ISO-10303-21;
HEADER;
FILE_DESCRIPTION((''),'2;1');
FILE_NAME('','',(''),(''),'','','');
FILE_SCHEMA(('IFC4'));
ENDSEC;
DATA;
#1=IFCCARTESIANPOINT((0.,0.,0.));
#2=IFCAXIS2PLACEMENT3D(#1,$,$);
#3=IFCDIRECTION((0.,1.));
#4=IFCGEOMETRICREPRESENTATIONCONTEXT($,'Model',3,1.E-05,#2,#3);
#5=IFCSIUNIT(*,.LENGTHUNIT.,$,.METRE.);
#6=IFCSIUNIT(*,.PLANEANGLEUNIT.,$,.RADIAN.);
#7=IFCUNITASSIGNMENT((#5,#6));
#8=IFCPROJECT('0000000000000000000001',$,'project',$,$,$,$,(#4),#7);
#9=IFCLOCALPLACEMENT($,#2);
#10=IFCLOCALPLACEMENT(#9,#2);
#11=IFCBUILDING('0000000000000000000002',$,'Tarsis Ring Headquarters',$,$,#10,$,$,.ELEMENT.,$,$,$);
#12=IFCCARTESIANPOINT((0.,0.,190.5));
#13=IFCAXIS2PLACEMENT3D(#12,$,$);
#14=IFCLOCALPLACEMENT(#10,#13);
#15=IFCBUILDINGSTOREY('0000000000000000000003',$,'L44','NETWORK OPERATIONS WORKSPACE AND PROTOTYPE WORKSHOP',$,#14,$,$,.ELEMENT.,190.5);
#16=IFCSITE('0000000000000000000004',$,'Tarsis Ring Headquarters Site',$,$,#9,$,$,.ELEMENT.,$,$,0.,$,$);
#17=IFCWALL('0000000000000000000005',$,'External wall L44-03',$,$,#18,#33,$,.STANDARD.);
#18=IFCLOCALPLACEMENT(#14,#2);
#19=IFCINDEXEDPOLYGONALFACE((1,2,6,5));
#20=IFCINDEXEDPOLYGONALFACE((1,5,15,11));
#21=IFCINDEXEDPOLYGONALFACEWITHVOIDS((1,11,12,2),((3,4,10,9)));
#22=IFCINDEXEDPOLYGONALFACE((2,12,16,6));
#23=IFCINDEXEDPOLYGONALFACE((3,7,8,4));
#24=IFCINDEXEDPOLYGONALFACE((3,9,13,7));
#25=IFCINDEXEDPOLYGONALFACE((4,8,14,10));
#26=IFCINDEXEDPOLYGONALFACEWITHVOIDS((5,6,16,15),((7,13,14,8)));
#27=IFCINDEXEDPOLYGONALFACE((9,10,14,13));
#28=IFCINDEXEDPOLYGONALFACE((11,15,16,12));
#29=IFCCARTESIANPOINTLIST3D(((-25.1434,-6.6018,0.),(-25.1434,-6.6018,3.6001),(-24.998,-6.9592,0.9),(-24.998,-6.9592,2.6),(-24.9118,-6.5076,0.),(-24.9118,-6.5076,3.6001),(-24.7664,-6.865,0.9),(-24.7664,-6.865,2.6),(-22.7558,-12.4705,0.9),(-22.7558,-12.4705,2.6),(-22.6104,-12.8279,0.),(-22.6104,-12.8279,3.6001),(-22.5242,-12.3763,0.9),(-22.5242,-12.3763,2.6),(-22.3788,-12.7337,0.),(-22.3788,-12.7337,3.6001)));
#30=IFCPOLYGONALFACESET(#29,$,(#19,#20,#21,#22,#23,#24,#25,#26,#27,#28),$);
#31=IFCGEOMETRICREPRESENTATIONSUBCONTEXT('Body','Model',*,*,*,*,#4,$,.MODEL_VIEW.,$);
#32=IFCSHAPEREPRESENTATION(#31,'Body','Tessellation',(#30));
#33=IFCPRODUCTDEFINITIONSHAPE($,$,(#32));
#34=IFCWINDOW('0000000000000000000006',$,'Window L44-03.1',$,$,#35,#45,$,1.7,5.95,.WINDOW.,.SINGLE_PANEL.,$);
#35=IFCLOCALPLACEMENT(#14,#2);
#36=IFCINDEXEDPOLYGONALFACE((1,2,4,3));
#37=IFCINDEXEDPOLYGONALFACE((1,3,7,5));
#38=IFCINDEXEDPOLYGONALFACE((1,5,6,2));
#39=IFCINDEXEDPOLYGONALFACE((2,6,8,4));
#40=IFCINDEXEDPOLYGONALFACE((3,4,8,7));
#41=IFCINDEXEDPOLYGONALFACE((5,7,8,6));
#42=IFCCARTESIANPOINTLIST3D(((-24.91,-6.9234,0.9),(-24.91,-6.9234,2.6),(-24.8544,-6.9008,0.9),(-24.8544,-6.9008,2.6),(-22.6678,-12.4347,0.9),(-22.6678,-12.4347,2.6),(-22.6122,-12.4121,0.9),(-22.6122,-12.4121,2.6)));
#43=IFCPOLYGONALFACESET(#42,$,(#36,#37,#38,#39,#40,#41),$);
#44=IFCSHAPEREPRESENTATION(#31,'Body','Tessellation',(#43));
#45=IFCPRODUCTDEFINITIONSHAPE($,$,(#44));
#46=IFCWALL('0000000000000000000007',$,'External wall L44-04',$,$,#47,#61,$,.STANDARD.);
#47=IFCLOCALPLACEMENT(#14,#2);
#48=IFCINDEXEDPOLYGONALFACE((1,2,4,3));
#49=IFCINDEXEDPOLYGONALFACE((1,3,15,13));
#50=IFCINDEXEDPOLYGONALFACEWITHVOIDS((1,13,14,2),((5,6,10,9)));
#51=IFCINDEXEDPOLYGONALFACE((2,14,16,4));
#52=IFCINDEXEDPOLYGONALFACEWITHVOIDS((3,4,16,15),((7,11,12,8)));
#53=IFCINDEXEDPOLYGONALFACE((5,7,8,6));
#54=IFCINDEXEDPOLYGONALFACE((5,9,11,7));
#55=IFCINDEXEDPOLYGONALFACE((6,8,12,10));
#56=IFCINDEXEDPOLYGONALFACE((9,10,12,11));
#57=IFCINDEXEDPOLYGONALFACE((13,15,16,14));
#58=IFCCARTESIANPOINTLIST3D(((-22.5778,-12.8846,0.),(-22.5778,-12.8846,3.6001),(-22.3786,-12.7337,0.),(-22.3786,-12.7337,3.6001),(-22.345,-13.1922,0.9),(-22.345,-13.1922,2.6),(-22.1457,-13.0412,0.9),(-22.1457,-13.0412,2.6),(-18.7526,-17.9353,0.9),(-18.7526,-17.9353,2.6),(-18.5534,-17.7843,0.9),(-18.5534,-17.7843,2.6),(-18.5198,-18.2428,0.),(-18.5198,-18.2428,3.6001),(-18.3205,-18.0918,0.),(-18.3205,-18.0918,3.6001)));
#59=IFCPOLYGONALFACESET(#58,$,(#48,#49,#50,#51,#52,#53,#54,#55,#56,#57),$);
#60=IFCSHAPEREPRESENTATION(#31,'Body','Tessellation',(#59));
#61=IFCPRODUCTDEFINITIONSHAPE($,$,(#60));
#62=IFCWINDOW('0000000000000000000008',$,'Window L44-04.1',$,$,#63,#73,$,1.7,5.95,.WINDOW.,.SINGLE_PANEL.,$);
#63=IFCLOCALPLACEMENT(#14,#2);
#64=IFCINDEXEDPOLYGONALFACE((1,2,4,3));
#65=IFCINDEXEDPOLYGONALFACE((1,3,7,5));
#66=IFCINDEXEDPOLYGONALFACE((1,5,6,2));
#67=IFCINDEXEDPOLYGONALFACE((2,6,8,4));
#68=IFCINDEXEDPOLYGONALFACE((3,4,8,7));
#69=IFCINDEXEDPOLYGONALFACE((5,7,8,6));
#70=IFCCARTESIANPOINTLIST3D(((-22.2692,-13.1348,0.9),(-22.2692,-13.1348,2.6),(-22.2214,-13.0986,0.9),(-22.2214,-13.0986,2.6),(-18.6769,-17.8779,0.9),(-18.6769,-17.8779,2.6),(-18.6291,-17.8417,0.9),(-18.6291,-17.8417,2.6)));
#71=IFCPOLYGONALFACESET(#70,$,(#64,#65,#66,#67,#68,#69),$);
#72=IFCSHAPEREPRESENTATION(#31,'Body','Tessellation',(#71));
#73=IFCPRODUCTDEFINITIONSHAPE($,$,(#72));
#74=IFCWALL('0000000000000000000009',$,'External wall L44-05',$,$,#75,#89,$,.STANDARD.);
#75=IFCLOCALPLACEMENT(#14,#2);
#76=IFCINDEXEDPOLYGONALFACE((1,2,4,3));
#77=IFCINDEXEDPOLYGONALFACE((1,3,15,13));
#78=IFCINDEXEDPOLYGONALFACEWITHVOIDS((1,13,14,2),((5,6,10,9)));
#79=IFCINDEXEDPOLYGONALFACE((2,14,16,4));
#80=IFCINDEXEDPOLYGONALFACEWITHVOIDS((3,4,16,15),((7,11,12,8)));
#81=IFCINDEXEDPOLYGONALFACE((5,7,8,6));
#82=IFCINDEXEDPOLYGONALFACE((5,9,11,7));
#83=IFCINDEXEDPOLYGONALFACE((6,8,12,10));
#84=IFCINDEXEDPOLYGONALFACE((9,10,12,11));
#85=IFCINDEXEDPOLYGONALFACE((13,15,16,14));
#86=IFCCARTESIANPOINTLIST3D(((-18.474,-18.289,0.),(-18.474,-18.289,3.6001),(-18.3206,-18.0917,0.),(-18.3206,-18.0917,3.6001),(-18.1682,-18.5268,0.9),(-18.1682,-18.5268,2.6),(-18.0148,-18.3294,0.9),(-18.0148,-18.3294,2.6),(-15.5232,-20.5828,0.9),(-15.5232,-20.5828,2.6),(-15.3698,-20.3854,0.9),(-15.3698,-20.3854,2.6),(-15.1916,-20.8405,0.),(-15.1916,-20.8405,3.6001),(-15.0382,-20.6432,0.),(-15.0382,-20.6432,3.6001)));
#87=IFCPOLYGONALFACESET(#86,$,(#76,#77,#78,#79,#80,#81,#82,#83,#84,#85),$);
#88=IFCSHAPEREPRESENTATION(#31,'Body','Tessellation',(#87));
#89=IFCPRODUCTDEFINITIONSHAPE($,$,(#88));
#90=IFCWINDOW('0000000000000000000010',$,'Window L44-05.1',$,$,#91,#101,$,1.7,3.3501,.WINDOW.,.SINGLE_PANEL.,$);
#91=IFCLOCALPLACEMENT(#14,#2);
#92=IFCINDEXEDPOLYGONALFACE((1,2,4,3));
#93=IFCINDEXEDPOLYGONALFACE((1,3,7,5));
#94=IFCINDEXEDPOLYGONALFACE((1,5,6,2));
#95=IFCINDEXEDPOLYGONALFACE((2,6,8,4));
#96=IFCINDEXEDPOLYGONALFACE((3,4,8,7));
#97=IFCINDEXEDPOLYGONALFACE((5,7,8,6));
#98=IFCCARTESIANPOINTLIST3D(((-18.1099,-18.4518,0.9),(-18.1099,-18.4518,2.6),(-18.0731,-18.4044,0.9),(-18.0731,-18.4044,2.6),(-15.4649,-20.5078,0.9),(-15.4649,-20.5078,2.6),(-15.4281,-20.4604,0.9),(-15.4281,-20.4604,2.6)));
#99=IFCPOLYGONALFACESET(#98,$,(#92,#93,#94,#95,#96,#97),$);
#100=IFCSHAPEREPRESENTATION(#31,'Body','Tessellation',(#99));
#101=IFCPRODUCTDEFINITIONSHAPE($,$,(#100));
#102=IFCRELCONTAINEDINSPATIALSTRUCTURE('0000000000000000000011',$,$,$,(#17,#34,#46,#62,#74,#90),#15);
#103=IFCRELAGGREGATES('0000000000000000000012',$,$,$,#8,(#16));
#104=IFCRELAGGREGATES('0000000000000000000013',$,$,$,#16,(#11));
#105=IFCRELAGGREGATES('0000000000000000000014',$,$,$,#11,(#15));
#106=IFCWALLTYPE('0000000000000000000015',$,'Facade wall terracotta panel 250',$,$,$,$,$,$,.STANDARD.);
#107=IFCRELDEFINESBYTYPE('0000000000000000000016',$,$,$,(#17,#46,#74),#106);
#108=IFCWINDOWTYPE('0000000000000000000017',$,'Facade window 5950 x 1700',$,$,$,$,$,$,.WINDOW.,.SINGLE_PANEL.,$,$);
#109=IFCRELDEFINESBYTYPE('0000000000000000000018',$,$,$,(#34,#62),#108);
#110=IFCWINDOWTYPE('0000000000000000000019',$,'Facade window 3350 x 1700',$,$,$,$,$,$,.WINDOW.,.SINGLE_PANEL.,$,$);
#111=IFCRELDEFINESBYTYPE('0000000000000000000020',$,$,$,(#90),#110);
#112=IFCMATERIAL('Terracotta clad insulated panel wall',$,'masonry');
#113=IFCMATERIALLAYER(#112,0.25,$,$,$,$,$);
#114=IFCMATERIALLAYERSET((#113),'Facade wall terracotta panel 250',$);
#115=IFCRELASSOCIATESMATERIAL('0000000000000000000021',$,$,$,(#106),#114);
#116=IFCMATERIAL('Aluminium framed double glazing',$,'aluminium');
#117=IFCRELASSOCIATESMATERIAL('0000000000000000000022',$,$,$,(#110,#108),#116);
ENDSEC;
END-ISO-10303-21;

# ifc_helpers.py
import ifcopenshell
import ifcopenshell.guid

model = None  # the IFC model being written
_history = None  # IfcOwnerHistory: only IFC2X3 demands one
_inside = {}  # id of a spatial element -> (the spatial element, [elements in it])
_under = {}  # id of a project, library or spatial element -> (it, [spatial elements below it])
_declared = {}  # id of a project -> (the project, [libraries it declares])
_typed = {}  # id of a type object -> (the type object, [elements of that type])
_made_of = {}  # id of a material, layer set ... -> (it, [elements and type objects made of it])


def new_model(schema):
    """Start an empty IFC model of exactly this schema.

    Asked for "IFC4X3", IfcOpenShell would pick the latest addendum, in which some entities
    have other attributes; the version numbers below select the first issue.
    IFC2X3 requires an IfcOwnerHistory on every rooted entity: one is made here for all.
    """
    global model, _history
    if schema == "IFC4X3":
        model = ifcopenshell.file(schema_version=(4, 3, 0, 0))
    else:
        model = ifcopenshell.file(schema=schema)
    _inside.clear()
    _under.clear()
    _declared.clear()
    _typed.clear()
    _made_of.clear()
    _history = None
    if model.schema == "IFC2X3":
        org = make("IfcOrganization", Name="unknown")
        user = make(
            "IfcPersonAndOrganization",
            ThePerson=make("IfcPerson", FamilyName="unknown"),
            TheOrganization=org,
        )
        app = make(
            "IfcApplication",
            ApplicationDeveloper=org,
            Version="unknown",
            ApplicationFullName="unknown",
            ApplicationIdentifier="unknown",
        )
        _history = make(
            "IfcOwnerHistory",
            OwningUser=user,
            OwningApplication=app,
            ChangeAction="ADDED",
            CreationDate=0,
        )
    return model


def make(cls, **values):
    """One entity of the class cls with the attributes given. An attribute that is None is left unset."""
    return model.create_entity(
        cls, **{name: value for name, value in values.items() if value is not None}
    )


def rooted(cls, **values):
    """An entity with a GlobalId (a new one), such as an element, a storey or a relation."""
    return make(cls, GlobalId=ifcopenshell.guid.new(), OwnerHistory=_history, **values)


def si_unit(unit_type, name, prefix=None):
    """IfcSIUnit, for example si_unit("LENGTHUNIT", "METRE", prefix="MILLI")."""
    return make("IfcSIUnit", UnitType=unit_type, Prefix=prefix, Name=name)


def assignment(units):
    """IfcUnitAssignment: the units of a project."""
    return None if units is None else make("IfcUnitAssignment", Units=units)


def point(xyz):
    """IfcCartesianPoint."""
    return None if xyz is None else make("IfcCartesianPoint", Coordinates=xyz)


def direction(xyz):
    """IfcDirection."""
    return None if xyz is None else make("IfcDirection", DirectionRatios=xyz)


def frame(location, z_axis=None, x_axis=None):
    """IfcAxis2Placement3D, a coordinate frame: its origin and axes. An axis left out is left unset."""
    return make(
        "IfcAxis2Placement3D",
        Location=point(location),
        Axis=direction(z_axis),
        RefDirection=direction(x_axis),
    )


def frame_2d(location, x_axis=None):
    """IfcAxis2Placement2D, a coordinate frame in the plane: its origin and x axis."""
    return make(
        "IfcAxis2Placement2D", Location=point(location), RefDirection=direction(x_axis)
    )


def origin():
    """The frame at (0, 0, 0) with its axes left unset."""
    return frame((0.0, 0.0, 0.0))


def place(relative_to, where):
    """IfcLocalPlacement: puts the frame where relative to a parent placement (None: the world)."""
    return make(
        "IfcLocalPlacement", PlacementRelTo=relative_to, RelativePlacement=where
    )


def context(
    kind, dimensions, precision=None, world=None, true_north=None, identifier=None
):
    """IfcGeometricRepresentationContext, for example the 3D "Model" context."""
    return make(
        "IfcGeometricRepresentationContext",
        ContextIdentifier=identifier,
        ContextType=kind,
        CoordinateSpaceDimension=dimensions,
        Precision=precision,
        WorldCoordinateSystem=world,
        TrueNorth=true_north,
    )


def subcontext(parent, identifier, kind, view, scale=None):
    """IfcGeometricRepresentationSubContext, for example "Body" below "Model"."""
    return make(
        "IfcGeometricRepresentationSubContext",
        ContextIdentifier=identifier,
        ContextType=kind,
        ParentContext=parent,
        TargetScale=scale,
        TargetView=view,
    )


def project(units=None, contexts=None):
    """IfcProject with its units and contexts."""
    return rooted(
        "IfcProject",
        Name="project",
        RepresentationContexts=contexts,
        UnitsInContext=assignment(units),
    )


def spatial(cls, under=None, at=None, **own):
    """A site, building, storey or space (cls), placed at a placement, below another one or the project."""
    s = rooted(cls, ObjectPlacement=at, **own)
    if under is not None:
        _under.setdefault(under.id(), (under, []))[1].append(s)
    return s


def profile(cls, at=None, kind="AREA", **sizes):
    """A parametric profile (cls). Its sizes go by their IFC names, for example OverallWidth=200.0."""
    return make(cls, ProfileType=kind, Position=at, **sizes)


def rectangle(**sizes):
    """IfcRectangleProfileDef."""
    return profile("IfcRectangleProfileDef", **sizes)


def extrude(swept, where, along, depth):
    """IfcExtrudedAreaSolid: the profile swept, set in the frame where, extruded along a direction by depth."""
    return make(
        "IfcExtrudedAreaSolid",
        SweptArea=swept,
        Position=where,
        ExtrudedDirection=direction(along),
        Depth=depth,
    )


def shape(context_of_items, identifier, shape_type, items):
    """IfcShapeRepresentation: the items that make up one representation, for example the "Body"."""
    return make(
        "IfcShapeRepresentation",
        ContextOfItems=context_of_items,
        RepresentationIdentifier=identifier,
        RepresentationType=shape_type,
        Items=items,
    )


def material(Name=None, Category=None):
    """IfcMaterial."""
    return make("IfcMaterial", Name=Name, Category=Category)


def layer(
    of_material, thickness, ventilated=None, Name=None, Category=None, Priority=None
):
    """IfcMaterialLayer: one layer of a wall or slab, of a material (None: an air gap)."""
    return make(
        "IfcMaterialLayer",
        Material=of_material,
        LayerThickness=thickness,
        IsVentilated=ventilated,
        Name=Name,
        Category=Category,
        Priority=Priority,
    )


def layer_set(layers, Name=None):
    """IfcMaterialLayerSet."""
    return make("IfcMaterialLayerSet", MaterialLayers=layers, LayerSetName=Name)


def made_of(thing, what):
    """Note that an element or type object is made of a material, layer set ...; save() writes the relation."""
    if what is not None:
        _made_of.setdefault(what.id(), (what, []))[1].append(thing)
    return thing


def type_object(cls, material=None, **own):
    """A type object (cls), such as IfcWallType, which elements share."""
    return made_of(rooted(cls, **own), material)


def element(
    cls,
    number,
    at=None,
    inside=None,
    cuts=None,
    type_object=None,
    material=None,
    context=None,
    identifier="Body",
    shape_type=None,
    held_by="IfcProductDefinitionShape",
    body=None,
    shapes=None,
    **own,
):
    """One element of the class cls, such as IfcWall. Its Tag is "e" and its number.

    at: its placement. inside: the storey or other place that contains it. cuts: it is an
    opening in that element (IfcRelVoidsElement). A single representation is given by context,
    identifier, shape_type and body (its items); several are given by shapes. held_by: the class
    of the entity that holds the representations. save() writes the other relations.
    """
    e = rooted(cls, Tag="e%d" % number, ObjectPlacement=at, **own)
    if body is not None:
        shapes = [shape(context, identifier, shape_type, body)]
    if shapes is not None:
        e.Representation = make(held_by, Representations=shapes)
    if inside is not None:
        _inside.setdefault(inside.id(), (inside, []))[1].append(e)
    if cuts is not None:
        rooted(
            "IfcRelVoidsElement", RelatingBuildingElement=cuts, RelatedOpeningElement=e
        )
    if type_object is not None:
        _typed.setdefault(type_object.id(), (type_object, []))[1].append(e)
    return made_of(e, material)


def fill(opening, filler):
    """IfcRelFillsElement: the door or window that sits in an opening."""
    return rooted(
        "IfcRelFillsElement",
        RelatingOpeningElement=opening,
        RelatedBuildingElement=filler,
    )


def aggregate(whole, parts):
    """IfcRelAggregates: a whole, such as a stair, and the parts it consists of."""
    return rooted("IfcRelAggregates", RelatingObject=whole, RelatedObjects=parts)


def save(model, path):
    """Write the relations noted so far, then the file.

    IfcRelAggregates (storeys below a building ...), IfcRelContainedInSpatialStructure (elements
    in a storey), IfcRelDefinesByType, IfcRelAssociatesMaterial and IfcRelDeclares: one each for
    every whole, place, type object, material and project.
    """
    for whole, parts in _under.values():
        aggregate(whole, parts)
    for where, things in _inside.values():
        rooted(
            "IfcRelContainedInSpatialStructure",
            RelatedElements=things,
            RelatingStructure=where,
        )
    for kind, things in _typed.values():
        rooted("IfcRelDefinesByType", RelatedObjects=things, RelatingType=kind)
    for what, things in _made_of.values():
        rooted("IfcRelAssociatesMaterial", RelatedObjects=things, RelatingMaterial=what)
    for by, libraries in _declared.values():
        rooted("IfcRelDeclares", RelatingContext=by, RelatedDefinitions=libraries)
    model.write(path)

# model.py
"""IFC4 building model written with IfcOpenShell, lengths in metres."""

from ifc_helpers import new_model, si_unit, direction, frame, frame_2d, origin, place, context, subcontext, project, spatial, rectangle, extrude, material, layer, layer_set, type_object, element, fill, save


model = new_model("IFC4")

# Units and contexts
model_context = context("Model", 3, precision=1e-05, world=origin(), true_north=direction((0.0, 1.0)))
body_context = subcontext(model_context, "Body", "Model", "MODEL_VIEW")
ifc_project = project(units=[si_unit("LENGTHUNIT", "METRE"), si_unit("PLANEANGLEUNIT", "RADIAN")], contexts=[model_context])

# Site, building, storey
site_placement = place(None, origin())
site = spatial("IfcSite", under=ifc_project, at=site_placement, Name="Tarsis Ring Headquarters Site", CompositionType="ELEMENT", RefElevation=0.0)
building_placement = place(site_placement, origin())
building = spatial("IfcBuilding", under=site, at=building_placement, Name="Tarsis Ring Headquarters", CompositionType="ELEMENT")
storey_placement = place(building_placement, frame((0.0, 0.0, 190.5)))
storey = spatial("IfcBuildingStorey", under=building, at=storey_placement, Name="L44", Description="NETWORK OPERATIONS WORKSPACE AND PROTOTYPE WORKSHOP", CompositionType="ELEMENT", Elevation=190.5)

# Walls, openings, windows
ifc_material_1 = material(Name="Terracotta clad insulated panel wall", Category="masonry")
ifc_layer_1 = layer(ifc_material_1, 0.25)
ifc_layer_set_1 = layer_set([ifc_layer_1], Name="Facade wall terracotta panel 250")
wall_type_1 = type_object("IfcWallType", Name="Facade wall terracotta panel 250", PredefinedType="STANDARD", material=ifc_layer_set_1)
ifc_material_2 = material(Name="Aluminium framed double glazing", Category="aluminium")
window_type_1 = type_object("IfcWindowType", Name="Facade window 3350 x 1700", PartitioningType="SINGLE_PANEL", PredefinedType="WINDOW", material=ifc_material_2)
wall_1_placement = place(storey_placement, frame((-25.0276, -6.5547, 0.0), z_axis=(0.0, 0.0, 1.0), x_axis=(0.376839, -0.926279, 0.0)))
wall_1 = element("IfcWall", 1, at=wall_1_placement, inside=storey, type_object=wall_type_1, Name="External wall L44-03", PredefinedType="STANDARD", context=body_context, shape_type="SweptSolid", body=[
    extrude(rectangle(XDim=6.7217, YDim=0.25, at=frame_2d((3.3608, 0.0))), origin(), (0.0, 0.0, 1.0), 3.6001),
])
opening_1_placement = place(wall_1_placement, frame((0.3857, 0.0, 0.8999)))
opening_1 = element("IfcOpeningElement", 2, at=opening_1_placement, cuts=wall_1, PredefinedType="OPENING", context=body_context, shape_type="SweptSolid", body=[
    extrude(rectangle(XDim=5.95, YDim=1.7, at=frame_2d((2.9751, 0.8501))), frame((0.0, 0.135, 0.0), z_axis=(0.0, -1.0, 0.0), x_axis=(1.0, 0.0, 0.0)), (0.0, 0.0, 1.0), 0.27),
])
window_type_2 = type_object("IfcWindowType", Name="Facade window 5950 x 1700", PartitioningType="SINGLE_PANEL", PredefinedType="WINDOW", material=ifc_material_2)
window_1_placement = place(opening_1_placement, origin())
window_1 = element("IfcWindow", 3, at=window_1_placement, inside=storey, type_object=window_type_2, Name="Window L44-03.1", OverallHeight=1.7, OverallWidth=5.95, PartitioningType="SINGLE_PANEL", PredefinedType="WINDOW", context=body_context, shape_type="SweptSolid", body=[
    extrude(rectangle(XDim=5.95, YDim=1.7, at=frame_2d((2.9751, 0.8501))), frame((0.0, 0.03, 0.0), z_axis=(0.0, -1.0, 0.0), x_axis=(1.0, 0.0, 0.0)), (0.0, 0.0, 1.0), 0.0601),
])
fill(opening_1, window_1)
wall_2_placement = place(storey_placement, frame((-22.4783, -12.8091, 0.0), z_axis=(0.0, 0.0, 1.0), x_axis=(0.603753, -0.797171, 0.0)))
wall_2 = element("IfcWall", 4, at=wall_2_placement, inside=storey, type_object=wall_type_1, Name="External wall L44-04", PredefinedType="STANDARD", context=body_context, shape_type="SweptSolid", body=[
    extrude(rectangle(XDim=6.7214, YDim=0.25, at=frame_2d((3.3608, 0.0))), origin(), (0.0, 0.0, 1.0), 3.6001),
])
opening_2_placement = place(wall_2_placement, frame((0.3857, 0.0, 0.8999)))
opening_2 = element("IfcOpeningElement", 5, at=opening_2_placement, cuts=wall_2, PredefinedType="OPENING", context=body_context, shape_type="SweptSolid", body=[
    extrude(rectangle(XDim=5.95, YDim=1.7, at=frame_2d((2.9751, 0.8501))), frame((0.0, 0.135, 0.0), z_axis=(0.0, -1.0, 0.0), x_axis=(1.0, 0.0, 0.0)), (0.0, 0.0, 1.0), 0.27),
])
window_2_placement = place(opening_2_placement, origin())
window_2 = element("IfcWindow", 6, at=window_2_placement, inside=storey, type_object=window_type_2, Name="Window L44-04.1", OverallHeight=1.7, OverallWidth=5.95, PartitioningType="SINGLE_PANEL", PredefinedType="WINDOW", context=body_context, shape_type="SweptSolid", body=[
    extrude(rectangle(XDim=5.95, YDim=1.7, at=frame_2d((2.9751, 0.8501))), frame((0.0, 0.03, 0.0), z_axis=(0.0, -1.0, 0.0), x_axis=(1.0, 0.0, 0.0)), (0.0, 0.0, 1.0), 0.0601),
])
fill(opening_2, window_2)
wall_3_placement = place(storey_placement, frame((-18.3972, -18.1904, 0.0), z_axis=(0.0, 0.0, 1.0), x_axis=(0.789529, -0.613713, 0.0)))
wall_3 = element("IfcWall", 7, at=wall_3_placement, inside=storey, type_object=wall_type_1, Name="External wall L44-05", PredefinedType="STANDARD", context=body_context, shape_type="SweptSolid", body=[
    extrude(rectangle(XDim=4.1575, YDim=0.25, at=frame_2d((2.0786, 0.0))), origin(), (0.0, 0.0, 1.0), 3.6001),
])
opening_3_placement = place(wall_3_placement, frame((0.3872, 0.0, 0.8999)))
opening_3 = element("IfcOpeningElement", 8, at=opening_3_placement, cuts=wall_3, PredefinedType="OPENING", context=body_context, shape_type="SweptSolid", body=[
    extrude(rectangle(XDim=3.3501, YDim=1.7, at=frame_2d((1.675, 0.8501))), frame((0.0, 0.135, 0.0), z_axis=(0.0, -1.0, 0.0), x_axis=(1.0, 0.0, 0.0)), (0.0, 0.0, 1.0), 0.27),
])
window_3_placement = place(opening_3_placement, origin())
window_3 = element("IfcWindow", 9, at=window_3_placement, inside=storey, type_object=window_type_1, Name="Window L44-05.1", OverallHeight=1.7, OverallWidth=3.3501, PartitioningType="SINGLE_PANEL", PredefinedType="WINDOW", context=body_context, shape_type="SweptSolid", body=[
    extrude(rectangle(XDim=3.3501, YDim=1.7, at=frame_2d((1.675, 0.8501))), frame((0.0, 0.03, 0.0), z_axis=(0.0, -1.0, 0.0), x_axis=(1.0, 0.0, 0.0)), (0.0, 0.0, 1.0), 0.0601),
])
fill(opening_3, window_3)

save(model, "model.ifc")
